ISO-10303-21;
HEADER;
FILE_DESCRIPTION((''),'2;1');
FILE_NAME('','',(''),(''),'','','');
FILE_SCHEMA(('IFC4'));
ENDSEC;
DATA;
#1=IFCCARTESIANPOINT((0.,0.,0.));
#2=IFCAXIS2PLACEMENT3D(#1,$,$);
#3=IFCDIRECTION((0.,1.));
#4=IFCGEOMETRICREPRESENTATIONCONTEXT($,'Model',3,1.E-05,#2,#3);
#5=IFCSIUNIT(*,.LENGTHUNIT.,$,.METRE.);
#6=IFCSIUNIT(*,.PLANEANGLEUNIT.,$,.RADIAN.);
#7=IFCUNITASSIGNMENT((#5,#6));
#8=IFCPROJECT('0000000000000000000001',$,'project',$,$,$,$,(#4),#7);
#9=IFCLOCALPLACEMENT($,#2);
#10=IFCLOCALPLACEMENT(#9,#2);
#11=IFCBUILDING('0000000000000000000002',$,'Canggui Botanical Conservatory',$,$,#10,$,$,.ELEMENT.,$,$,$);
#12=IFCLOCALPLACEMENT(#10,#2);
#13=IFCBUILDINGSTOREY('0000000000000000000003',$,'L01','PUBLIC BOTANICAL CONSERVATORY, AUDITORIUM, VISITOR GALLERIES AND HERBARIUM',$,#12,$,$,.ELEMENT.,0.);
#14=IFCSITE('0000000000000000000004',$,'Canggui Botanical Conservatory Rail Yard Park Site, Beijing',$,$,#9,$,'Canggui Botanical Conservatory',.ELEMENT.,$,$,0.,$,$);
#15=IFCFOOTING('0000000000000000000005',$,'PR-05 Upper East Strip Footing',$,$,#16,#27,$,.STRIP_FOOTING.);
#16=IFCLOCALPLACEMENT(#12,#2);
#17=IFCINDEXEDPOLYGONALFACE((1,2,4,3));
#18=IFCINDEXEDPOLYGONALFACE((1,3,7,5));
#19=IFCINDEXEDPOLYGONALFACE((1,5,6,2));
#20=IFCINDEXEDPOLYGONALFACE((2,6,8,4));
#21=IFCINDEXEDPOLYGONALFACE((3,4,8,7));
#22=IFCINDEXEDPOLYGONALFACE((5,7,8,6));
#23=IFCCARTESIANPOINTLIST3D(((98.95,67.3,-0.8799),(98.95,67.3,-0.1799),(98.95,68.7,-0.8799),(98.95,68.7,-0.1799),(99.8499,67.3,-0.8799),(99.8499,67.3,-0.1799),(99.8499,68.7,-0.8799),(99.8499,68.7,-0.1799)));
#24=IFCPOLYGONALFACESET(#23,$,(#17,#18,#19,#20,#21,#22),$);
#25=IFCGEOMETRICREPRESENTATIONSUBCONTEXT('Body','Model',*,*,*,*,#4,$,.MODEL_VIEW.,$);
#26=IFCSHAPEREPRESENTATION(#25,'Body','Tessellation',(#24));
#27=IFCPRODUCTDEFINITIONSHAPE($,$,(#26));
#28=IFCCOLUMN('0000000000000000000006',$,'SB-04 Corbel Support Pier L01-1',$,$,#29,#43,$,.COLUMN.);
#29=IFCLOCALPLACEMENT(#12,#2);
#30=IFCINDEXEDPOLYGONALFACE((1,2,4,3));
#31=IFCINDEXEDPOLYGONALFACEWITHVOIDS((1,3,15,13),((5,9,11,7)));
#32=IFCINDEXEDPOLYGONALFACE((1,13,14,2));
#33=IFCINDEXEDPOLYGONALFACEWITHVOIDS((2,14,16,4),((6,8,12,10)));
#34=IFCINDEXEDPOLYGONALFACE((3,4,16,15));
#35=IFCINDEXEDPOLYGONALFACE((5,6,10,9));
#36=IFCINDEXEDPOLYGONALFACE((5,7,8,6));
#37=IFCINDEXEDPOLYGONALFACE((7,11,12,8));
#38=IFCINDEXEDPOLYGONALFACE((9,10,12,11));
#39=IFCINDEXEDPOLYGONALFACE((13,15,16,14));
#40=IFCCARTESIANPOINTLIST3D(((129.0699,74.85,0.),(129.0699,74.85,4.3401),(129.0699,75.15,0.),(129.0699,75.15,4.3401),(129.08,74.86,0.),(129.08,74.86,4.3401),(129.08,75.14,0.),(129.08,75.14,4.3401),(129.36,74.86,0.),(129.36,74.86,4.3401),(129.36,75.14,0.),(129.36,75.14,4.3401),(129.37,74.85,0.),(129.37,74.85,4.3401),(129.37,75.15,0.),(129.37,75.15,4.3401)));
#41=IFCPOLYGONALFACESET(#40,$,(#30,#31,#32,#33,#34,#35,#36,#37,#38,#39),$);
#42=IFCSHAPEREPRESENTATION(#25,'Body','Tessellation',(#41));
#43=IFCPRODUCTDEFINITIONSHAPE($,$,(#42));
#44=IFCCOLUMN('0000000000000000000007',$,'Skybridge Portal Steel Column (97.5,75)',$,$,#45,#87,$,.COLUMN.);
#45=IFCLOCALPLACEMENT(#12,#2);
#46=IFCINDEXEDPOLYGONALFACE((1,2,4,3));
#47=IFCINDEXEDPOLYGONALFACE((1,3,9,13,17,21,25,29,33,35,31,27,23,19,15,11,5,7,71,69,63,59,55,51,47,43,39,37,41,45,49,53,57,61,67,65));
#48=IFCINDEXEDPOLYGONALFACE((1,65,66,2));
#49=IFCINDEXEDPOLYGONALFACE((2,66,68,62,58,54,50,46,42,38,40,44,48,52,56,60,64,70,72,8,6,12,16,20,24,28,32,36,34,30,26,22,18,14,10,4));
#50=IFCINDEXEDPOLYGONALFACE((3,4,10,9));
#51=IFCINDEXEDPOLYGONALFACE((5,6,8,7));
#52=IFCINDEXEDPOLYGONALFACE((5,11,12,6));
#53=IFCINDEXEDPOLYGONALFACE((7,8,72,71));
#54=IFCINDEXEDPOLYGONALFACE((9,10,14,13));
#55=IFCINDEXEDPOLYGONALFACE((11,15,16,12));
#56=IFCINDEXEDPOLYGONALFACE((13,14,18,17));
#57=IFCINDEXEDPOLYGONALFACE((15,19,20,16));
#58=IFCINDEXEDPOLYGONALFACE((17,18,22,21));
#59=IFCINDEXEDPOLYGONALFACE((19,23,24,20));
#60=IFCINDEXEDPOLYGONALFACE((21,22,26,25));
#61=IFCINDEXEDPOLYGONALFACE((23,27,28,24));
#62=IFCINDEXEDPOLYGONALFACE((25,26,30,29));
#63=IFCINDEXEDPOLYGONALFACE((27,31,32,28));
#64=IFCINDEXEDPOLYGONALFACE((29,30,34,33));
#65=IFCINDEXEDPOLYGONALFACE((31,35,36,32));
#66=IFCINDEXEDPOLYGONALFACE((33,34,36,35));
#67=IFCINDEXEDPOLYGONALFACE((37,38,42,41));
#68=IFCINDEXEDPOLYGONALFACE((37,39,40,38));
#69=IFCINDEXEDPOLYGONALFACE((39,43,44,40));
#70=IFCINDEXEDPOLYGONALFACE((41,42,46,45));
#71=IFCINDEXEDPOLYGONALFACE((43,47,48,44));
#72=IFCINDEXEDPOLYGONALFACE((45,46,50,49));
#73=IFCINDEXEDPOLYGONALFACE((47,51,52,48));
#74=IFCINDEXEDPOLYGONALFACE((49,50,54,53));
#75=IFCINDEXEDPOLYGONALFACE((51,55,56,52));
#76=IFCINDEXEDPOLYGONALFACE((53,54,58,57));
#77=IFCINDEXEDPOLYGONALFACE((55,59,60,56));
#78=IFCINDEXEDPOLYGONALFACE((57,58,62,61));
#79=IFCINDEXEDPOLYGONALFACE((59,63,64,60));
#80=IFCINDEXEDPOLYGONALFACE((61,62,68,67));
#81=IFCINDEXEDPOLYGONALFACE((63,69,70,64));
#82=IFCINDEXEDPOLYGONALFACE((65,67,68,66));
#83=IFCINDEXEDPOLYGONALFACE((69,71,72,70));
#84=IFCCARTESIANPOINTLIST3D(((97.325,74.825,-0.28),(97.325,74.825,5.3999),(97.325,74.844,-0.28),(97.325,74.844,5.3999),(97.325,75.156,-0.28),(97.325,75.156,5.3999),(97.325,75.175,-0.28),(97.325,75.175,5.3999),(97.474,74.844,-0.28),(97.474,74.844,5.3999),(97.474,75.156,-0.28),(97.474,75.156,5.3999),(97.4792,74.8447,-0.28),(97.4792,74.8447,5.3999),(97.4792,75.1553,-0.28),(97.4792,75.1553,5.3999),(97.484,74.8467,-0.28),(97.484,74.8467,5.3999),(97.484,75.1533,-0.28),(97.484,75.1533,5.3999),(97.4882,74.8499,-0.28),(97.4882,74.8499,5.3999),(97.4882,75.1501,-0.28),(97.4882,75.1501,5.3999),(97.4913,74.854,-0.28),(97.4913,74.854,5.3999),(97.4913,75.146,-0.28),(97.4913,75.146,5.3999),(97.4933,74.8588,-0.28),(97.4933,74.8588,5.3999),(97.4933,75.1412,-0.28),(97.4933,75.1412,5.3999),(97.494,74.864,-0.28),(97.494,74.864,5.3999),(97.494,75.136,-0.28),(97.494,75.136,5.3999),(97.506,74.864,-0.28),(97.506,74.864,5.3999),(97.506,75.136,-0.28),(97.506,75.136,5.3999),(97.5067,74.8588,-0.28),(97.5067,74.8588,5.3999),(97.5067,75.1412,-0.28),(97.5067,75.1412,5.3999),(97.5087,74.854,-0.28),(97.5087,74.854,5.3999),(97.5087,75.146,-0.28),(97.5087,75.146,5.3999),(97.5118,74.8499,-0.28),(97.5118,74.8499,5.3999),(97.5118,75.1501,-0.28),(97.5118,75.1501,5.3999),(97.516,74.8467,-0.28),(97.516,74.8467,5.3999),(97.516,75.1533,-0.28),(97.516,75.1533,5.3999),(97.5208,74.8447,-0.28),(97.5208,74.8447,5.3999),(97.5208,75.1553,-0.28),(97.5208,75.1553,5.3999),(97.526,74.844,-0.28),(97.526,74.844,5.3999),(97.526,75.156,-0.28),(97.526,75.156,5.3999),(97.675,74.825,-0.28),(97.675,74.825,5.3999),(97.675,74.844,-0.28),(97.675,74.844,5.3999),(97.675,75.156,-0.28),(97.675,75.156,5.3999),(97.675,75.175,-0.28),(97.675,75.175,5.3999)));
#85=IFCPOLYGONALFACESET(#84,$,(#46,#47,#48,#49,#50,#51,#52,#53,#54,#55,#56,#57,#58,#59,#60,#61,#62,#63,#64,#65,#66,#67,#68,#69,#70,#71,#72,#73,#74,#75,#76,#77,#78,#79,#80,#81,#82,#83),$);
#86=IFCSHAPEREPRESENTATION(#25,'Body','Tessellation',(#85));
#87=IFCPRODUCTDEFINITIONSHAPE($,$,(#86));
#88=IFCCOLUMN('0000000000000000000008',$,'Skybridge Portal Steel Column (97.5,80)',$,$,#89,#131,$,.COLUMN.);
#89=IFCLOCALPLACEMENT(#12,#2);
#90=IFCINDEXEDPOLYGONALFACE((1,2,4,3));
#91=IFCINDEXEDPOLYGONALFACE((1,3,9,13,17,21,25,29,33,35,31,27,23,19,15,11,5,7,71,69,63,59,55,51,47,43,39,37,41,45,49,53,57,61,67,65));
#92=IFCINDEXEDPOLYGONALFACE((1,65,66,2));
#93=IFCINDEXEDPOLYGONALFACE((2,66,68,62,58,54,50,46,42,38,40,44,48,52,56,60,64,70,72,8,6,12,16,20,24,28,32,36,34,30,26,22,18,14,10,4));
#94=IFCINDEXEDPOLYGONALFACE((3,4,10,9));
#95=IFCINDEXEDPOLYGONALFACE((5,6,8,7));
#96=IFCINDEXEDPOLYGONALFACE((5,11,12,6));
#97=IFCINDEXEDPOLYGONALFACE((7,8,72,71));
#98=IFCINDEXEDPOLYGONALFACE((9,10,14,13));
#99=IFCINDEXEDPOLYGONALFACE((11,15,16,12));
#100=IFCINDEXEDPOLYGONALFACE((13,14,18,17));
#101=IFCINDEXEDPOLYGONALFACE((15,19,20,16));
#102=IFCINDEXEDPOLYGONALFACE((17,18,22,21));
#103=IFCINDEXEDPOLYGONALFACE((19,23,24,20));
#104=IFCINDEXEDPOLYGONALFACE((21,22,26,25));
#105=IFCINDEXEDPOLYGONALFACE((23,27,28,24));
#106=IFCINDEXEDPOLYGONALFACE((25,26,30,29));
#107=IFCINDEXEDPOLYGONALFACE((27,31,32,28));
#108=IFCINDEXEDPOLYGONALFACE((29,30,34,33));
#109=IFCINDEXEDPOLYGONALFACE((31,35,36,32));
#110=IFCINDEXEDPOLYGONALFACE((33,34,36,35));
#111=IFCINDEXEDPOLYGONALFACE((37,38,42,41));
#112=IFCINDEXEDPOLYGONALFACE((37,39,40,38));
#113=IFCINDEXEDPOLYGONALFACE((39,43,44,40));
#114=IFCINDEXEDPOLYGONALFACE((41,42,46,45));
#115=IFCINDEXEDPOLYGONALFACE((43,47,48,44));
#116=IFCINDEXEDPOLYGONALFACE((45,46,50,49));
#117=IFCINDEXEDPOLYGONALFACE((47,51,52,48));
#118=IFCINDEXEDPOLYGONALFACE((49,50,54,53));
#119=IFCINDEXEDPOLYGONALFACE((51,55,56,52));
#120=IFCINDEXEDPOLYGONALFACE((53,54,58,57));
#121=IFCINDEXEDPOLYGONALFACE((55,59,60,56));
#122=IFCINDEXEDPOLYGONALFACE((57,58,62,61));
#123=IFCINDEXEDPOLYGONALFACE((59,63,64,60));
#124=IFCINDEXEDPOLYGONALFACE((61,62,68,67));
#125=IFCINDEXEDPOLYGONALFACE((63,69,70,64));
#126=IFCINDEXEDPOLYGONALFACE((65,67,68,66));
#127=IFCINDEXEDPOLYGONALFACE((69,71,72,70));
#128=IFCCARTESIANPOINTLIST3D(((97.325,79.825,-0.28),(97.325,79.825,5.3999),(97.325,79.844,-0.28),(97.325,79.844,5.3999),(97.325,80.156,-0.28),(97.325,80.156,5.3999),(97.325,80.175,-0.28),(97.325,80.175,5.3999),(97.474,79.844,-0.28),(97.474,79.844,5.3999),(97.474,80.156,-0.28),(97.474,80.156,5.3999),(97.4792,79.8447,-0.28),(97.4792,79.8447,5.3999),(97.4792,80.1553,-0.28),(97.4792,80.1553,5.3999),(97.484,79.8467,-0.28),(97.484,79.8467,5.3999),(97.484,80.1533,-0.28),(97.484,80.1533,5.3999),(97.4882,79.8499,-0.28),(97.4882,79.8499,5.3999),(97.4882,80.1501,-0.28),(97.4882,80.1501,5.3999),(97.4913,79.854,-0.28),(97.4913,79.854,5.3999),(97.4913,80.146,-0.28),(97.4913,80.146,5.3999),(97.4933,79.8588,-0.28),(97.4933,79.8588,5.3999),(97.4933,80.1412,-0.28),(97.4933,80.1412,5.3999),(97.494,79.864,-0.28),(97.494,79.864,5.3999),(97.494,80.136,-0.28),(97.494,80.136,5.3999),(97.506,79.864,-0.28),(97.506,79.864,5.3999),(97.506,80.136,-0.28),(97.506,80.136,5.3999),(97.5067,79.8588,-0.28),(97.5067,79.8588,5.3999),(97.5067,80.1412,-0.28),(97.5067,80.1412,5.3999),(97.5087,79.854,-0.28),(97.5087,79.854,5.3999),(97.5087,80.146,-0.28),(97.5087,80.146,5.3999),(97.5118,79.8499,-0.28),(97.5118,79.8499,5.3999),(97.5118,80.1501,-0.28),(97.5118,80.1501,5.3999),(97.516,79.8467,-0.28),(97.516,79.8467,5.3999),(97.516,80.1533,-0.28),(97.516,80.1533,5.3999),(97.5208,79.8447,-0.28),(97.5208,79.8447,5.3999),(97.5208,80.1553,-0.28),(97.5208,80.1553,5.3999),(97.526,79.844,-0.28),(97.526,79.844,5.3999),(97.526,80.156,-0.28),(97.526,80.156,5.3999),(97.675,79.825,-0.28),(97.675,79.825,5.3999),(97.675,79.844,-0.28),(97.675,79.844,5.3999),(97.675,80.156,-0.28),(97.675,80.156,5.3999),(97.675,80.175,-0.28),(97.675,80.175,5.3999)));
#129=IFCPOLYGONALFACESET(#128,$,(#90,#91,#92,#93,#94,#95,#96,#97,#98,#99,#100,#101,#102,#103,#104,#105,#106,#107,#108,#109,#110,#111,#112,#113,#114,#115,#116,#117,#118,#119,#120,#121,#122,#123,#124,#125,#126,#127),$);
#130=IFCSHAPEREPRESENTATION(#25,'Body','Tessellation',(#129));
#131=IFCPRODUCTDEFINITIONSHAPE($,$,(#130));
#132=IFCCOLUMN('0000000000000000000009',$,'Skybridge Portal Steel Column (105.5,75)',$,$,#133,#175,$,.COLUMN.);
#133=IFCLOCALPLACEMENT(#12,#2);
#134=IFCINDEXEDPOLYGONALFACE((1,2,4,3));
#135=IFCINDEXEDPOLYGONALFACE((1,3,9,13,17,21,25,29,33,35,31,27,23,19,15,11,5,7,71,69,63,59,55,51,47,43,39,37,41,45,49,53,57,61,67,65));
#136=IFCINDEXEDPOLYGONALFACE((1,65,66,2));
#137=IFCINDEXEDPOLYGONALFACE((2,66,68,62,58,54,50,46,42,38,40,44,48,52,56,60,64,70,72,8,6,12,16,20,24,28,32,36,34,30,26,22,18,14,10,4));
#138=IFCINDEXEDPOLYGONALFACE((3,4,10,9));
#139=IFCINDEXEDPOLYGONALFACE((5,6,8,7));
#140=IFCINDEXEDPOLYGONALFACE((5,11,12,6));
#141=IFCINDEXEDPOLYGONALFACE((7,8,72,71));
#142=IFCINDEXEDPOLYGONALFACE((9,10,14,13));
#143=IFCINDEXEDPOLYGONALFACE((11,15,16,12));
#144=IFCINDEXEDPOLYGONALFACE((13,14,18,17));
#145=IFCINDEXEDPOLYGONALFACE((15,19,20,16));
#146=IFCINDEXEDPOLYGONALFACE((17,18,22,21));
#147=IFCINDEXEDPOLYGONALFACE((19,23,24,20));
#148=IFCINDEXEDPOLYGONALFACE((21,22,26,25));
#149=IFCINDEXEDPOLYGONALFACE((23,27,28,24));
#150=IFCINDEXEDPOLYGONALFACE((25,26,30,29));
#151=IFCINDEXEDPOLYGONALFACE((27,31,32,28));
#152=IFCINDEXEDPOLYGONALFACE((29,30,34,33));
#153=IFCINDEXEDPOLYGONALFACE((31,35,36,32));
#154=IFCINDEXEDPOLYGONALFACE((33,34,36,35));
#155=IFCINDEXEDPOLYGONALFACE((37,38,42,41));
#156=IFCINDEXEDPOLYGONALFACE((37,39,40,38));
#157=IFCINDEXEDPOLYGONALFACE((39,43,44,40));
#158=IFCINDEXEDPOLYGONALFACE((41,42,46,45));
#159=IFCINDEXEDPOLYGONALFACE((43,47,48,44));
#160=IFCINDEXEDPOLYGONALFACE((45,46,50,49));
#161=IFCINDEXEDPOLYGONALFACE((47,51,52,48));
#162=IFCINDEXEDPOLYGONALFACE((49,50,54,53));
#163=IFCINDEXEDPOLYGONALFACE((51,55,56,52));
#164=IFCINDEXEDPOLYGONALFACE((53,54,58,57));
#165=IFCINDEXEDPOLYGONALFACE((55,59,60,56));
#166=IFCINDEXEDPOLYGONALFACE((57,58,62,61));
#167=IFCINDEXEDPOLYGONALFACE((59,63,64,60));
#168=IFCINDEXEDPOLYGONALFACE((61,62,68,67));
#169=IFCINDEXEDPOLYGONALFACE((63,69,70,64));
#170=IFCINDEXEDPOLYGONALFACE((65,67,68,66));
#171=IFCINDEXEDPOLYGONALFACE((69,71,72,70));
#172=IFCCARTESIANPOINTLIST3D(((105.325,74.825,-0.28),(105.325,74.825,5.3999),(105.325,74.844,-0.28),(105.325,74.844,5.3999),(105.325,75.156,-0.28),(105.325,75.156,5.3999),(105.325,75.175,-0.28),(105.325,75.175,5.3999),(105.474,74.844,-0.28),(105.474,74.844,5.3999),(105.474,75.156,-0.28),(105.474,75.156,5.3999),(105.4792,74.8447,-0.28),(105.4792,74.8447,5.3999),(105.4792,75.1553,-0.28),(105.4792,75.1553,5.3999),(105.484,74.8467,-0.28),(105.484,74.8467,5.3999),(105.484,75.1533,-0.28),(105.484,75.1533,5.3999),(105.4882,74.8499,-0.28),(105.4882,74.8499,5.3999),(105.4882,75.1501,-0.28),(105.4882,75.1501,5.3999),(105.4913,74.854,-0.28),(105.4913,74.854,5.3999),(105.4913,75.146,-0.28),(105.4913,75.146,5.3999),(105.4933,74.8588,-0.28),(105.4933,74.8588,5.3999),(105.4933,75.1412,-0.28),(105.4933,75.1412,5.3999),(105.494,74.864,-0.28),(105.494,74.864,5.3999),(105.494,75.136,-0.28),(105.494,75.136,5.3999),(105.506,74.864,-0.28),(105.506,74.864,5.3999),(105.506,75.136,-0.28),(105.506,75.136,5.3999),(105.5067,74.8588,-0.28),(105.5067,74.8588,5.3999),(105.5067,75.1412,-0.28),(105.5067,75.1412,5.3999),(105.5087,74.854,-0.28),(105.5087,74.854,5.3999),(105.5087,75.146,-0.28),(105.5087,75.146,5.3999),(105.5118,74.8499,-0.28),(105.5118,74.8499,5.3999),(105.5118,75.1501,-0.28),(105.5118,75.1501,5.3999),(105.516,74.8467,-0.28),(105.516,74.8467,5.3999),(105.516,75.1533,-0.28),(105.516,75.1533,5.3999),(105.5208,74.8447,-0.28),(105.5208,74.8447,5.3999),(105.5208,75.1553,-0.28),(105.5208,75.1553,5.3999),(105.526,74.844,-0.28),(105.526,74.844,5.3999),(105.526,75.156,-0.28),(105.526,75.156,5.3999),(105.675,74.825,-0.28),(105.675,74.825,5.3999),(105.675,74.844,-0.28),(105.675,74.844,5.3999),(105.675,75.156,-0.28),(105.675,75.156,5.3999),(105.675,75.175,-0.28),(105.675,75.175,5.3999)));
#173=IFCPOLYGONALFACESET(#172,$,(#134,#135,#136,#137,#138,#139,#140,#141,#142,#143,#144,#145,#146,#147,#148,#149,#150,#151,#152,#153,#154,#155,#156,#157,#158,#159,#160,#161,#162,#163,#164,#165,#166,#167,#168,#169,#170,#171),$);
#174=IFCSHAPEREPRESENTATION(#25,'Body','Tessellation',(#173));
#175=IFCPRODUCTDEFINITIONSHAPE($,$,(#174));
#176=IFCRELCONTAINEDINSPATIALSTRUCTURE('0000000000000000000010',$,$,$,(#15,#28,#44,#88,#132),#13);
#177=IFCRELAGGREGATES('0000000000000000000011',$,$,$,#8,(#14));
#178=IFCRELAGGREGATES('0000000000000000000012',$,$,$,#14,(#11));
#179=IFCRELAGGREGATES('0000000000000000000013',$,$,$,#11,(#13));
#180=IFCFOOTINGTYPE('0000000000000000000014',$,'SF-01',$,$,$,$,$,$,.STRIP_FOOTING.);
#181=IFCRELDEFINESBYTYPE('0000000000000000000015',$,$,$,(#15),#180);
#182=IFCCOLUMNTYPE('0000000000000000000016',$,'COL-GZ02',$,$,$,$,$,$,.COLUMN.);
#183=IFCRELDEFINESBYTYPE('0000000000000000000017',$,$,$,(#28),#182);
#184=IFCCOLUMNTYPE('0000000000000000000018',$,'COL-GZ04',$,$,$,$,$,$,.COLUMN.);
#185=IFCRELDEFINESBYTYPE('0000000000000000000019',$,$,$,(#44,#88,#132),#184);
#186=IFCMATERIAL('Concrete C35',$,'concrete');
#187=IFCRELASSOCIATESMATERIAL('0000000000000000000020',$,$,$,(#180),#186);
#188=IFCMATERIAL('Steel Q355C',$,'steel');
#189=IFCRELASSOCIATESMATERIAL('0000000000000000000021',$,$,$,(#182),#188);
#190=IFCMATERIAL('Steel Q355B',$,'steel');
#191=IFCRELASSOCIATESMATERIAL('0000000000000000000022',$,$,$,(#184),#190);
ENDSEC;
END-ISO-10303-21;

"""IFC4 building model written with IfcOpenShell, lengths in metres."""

from ifc_helpers import new_model, si_unit, direction, frame, origin, origin_2d, place, context, subcontext, project, spatial, rectangle, hollow_rectangle, i_section, extrude, material, material_profile, profile_set, type_object, element, save


model = new_model("IFC4")

# Units and contexts
model_context = context("Model", 3, precision=1e-05, world=origin(), true_north=direction((0.0, 1.0)))
body_context = subcontext(model_context, "Body", "Model", "MODEL_VIEW")
ifc_project = project(units=[si_unit("LENGTHUNIT", "METRE"), si_unit("PLANEANGLEUNIT", "RADIAN")], contexts=[model_context])

# Site, building, storey
site_placement = place(None, origin())
site = spatial("IfcSite", under=ifc_project, at=site_placement, Name="Canggui Botanical Conservatory Rail Yard Park Site, Beijing", LongName="Canggui Botanical Conservatory", CompositionType="ELEMENT", RefElevation=0.0)
building_placement = place(site_placement, origin())
building = spatial("IfcBuilding", under=site, at=building_placement, Name="Canggui Botanical Conservatory", CompositionType="ELEMENT")
storey_placement = place(building_placement, origin())
storey = spatial("IfcBuildingStorey", under=building, at=storey_placement, Name="L01", Description="PUBLIC BOTANICAL CONSERVATORY, AUDITORIUM, VISITOR GALLERIES AND HERBARIUM", CompositionType="ELEMENT", Elevation=0.0)

# Shared definitions
ifc_material_1 = material(Name="Concrete C35", Category="concrete")

# Footing
footing_type_1 = type_object("IfcFootingType", Name="SF-01", PredefinedType="STRIP_FOOTING", material=ifc_material_1)
footing_1_placement = place(storey_placement, frame((99.3999, 68.0, -0.8799), z_axis=(0.0, 0.0, 1.0), x_axis=(1.0, 0.0, 0.0)))
element("IfcFooting", 1, at=footing_1_placement, inside=storey, type_object=footing_type_1, Name="PR-05 Upper East Strip Footing", PredefinedType="STRIP_FOOTING", context=body_context, shape_type="SweptSolid", body=[
    extrude(rectangle(XDim=0.8999, YDim=1.3999, at=origin_2d()), origin(), (0.0, 0.0, 1.0), 0.7),
])

# Columns
ifc_material_2 = material(Name="Steel Q355C", Category="steel")
ifc_material_profile_1 = material_profile(ifc_material_2, hollow_rectangle(XDim=0.3, YDim=0.3, WallThickness=0.01, at=origin_2d()), Name="SHS 300x300x10")
ifc_profile_set_1 = profile_set([ifc_material_profile_1], Name="Steel Q355C")
column_type_1 = type_object("IfcColumnType", Name="COL-GZ02", PredefinedType="COLUMN", material=ifc_profile_set_1)
column_1_placement = place(storey_placement, frame((129.22, 75.0, 0.0), z_axis=(0.0, 0.0, 1.0), x_axis=(1.0, 0.0, 0.0)))
element("IfcColumn", 2, at=column_1_placement, inside=storey, type_object=column_type_1, Name="SB-04 Corbel Support Pier L01-1", PredefinedType="COLUMN", context=body_context, shape_type="SweptSolid", body=[
    extrude(hollow_rectangle(XDim=0.3, YDim=0.3, WallThickness=0.01, at=origin_2d()), origin(), (0.0, 0.0, 1.0), 4.3401),
])
ifc_material_3 = material(Name="Steel Q355B", Category="steel")
ifc_material_profile_2 = material_profile(ifc_material_3, i_section(OverallWidth=0.3501, OverallDepth=0.3501, WebThickness=0.012, FlangeThickness=0.019, FilletRadius=0.02, at=origin_2d()), Name="HW 350x350x12x19")
ifc_profile_set_2 = profile_set([ifc_material_profile_2], Name="Steel Q355B")
column_type_2 = type_object("IfcColumnType", Name="COL-GZ04", PredefinedType="COLUMN", material=ifc_profile_set_2)
for number, where, z_axis, x_axis, name in (
    (3, (97.5, 75.0, -0.28), (0.0, 0.0, 1.0), (1.0, 0.0, 0.0), "Skybridge Portal Steel Column (97.5,75)"),
    (4, (97.5, 80.0, -0.28), (0.0, 0.0, 1.0), (1.0, 0.0, 0.0), "Skybridge Portal Steel Column (97.5,80)"),
    (5, (105.5, 75.0, -0.28), (0.0, 0.0, 1.0), (1.0, 0.0, 0.0), "Skybridge Portal Steel Column (105.5,75)"),
):
    element("IfcColumn", number, at=place(storey_placement, frame(where, z_axis=z_axis, x_axis=x_axis)), inside=storey, type_object=column_type_2, Name=name, PredefinedType="COLUMN", context=body_context, shape_type="SweptSolid", body=[
        extrude(i_section(OverallWidth=0.3501, OverallDepth=0.3501, WebThickness=0.012, FlangeThickness=0.019, FilletRadius=0.02, at=origin_2d()), origin(), (0.0, 0.0, 1.0), 5.6799),
    ])

save(model, "model.ifc")
